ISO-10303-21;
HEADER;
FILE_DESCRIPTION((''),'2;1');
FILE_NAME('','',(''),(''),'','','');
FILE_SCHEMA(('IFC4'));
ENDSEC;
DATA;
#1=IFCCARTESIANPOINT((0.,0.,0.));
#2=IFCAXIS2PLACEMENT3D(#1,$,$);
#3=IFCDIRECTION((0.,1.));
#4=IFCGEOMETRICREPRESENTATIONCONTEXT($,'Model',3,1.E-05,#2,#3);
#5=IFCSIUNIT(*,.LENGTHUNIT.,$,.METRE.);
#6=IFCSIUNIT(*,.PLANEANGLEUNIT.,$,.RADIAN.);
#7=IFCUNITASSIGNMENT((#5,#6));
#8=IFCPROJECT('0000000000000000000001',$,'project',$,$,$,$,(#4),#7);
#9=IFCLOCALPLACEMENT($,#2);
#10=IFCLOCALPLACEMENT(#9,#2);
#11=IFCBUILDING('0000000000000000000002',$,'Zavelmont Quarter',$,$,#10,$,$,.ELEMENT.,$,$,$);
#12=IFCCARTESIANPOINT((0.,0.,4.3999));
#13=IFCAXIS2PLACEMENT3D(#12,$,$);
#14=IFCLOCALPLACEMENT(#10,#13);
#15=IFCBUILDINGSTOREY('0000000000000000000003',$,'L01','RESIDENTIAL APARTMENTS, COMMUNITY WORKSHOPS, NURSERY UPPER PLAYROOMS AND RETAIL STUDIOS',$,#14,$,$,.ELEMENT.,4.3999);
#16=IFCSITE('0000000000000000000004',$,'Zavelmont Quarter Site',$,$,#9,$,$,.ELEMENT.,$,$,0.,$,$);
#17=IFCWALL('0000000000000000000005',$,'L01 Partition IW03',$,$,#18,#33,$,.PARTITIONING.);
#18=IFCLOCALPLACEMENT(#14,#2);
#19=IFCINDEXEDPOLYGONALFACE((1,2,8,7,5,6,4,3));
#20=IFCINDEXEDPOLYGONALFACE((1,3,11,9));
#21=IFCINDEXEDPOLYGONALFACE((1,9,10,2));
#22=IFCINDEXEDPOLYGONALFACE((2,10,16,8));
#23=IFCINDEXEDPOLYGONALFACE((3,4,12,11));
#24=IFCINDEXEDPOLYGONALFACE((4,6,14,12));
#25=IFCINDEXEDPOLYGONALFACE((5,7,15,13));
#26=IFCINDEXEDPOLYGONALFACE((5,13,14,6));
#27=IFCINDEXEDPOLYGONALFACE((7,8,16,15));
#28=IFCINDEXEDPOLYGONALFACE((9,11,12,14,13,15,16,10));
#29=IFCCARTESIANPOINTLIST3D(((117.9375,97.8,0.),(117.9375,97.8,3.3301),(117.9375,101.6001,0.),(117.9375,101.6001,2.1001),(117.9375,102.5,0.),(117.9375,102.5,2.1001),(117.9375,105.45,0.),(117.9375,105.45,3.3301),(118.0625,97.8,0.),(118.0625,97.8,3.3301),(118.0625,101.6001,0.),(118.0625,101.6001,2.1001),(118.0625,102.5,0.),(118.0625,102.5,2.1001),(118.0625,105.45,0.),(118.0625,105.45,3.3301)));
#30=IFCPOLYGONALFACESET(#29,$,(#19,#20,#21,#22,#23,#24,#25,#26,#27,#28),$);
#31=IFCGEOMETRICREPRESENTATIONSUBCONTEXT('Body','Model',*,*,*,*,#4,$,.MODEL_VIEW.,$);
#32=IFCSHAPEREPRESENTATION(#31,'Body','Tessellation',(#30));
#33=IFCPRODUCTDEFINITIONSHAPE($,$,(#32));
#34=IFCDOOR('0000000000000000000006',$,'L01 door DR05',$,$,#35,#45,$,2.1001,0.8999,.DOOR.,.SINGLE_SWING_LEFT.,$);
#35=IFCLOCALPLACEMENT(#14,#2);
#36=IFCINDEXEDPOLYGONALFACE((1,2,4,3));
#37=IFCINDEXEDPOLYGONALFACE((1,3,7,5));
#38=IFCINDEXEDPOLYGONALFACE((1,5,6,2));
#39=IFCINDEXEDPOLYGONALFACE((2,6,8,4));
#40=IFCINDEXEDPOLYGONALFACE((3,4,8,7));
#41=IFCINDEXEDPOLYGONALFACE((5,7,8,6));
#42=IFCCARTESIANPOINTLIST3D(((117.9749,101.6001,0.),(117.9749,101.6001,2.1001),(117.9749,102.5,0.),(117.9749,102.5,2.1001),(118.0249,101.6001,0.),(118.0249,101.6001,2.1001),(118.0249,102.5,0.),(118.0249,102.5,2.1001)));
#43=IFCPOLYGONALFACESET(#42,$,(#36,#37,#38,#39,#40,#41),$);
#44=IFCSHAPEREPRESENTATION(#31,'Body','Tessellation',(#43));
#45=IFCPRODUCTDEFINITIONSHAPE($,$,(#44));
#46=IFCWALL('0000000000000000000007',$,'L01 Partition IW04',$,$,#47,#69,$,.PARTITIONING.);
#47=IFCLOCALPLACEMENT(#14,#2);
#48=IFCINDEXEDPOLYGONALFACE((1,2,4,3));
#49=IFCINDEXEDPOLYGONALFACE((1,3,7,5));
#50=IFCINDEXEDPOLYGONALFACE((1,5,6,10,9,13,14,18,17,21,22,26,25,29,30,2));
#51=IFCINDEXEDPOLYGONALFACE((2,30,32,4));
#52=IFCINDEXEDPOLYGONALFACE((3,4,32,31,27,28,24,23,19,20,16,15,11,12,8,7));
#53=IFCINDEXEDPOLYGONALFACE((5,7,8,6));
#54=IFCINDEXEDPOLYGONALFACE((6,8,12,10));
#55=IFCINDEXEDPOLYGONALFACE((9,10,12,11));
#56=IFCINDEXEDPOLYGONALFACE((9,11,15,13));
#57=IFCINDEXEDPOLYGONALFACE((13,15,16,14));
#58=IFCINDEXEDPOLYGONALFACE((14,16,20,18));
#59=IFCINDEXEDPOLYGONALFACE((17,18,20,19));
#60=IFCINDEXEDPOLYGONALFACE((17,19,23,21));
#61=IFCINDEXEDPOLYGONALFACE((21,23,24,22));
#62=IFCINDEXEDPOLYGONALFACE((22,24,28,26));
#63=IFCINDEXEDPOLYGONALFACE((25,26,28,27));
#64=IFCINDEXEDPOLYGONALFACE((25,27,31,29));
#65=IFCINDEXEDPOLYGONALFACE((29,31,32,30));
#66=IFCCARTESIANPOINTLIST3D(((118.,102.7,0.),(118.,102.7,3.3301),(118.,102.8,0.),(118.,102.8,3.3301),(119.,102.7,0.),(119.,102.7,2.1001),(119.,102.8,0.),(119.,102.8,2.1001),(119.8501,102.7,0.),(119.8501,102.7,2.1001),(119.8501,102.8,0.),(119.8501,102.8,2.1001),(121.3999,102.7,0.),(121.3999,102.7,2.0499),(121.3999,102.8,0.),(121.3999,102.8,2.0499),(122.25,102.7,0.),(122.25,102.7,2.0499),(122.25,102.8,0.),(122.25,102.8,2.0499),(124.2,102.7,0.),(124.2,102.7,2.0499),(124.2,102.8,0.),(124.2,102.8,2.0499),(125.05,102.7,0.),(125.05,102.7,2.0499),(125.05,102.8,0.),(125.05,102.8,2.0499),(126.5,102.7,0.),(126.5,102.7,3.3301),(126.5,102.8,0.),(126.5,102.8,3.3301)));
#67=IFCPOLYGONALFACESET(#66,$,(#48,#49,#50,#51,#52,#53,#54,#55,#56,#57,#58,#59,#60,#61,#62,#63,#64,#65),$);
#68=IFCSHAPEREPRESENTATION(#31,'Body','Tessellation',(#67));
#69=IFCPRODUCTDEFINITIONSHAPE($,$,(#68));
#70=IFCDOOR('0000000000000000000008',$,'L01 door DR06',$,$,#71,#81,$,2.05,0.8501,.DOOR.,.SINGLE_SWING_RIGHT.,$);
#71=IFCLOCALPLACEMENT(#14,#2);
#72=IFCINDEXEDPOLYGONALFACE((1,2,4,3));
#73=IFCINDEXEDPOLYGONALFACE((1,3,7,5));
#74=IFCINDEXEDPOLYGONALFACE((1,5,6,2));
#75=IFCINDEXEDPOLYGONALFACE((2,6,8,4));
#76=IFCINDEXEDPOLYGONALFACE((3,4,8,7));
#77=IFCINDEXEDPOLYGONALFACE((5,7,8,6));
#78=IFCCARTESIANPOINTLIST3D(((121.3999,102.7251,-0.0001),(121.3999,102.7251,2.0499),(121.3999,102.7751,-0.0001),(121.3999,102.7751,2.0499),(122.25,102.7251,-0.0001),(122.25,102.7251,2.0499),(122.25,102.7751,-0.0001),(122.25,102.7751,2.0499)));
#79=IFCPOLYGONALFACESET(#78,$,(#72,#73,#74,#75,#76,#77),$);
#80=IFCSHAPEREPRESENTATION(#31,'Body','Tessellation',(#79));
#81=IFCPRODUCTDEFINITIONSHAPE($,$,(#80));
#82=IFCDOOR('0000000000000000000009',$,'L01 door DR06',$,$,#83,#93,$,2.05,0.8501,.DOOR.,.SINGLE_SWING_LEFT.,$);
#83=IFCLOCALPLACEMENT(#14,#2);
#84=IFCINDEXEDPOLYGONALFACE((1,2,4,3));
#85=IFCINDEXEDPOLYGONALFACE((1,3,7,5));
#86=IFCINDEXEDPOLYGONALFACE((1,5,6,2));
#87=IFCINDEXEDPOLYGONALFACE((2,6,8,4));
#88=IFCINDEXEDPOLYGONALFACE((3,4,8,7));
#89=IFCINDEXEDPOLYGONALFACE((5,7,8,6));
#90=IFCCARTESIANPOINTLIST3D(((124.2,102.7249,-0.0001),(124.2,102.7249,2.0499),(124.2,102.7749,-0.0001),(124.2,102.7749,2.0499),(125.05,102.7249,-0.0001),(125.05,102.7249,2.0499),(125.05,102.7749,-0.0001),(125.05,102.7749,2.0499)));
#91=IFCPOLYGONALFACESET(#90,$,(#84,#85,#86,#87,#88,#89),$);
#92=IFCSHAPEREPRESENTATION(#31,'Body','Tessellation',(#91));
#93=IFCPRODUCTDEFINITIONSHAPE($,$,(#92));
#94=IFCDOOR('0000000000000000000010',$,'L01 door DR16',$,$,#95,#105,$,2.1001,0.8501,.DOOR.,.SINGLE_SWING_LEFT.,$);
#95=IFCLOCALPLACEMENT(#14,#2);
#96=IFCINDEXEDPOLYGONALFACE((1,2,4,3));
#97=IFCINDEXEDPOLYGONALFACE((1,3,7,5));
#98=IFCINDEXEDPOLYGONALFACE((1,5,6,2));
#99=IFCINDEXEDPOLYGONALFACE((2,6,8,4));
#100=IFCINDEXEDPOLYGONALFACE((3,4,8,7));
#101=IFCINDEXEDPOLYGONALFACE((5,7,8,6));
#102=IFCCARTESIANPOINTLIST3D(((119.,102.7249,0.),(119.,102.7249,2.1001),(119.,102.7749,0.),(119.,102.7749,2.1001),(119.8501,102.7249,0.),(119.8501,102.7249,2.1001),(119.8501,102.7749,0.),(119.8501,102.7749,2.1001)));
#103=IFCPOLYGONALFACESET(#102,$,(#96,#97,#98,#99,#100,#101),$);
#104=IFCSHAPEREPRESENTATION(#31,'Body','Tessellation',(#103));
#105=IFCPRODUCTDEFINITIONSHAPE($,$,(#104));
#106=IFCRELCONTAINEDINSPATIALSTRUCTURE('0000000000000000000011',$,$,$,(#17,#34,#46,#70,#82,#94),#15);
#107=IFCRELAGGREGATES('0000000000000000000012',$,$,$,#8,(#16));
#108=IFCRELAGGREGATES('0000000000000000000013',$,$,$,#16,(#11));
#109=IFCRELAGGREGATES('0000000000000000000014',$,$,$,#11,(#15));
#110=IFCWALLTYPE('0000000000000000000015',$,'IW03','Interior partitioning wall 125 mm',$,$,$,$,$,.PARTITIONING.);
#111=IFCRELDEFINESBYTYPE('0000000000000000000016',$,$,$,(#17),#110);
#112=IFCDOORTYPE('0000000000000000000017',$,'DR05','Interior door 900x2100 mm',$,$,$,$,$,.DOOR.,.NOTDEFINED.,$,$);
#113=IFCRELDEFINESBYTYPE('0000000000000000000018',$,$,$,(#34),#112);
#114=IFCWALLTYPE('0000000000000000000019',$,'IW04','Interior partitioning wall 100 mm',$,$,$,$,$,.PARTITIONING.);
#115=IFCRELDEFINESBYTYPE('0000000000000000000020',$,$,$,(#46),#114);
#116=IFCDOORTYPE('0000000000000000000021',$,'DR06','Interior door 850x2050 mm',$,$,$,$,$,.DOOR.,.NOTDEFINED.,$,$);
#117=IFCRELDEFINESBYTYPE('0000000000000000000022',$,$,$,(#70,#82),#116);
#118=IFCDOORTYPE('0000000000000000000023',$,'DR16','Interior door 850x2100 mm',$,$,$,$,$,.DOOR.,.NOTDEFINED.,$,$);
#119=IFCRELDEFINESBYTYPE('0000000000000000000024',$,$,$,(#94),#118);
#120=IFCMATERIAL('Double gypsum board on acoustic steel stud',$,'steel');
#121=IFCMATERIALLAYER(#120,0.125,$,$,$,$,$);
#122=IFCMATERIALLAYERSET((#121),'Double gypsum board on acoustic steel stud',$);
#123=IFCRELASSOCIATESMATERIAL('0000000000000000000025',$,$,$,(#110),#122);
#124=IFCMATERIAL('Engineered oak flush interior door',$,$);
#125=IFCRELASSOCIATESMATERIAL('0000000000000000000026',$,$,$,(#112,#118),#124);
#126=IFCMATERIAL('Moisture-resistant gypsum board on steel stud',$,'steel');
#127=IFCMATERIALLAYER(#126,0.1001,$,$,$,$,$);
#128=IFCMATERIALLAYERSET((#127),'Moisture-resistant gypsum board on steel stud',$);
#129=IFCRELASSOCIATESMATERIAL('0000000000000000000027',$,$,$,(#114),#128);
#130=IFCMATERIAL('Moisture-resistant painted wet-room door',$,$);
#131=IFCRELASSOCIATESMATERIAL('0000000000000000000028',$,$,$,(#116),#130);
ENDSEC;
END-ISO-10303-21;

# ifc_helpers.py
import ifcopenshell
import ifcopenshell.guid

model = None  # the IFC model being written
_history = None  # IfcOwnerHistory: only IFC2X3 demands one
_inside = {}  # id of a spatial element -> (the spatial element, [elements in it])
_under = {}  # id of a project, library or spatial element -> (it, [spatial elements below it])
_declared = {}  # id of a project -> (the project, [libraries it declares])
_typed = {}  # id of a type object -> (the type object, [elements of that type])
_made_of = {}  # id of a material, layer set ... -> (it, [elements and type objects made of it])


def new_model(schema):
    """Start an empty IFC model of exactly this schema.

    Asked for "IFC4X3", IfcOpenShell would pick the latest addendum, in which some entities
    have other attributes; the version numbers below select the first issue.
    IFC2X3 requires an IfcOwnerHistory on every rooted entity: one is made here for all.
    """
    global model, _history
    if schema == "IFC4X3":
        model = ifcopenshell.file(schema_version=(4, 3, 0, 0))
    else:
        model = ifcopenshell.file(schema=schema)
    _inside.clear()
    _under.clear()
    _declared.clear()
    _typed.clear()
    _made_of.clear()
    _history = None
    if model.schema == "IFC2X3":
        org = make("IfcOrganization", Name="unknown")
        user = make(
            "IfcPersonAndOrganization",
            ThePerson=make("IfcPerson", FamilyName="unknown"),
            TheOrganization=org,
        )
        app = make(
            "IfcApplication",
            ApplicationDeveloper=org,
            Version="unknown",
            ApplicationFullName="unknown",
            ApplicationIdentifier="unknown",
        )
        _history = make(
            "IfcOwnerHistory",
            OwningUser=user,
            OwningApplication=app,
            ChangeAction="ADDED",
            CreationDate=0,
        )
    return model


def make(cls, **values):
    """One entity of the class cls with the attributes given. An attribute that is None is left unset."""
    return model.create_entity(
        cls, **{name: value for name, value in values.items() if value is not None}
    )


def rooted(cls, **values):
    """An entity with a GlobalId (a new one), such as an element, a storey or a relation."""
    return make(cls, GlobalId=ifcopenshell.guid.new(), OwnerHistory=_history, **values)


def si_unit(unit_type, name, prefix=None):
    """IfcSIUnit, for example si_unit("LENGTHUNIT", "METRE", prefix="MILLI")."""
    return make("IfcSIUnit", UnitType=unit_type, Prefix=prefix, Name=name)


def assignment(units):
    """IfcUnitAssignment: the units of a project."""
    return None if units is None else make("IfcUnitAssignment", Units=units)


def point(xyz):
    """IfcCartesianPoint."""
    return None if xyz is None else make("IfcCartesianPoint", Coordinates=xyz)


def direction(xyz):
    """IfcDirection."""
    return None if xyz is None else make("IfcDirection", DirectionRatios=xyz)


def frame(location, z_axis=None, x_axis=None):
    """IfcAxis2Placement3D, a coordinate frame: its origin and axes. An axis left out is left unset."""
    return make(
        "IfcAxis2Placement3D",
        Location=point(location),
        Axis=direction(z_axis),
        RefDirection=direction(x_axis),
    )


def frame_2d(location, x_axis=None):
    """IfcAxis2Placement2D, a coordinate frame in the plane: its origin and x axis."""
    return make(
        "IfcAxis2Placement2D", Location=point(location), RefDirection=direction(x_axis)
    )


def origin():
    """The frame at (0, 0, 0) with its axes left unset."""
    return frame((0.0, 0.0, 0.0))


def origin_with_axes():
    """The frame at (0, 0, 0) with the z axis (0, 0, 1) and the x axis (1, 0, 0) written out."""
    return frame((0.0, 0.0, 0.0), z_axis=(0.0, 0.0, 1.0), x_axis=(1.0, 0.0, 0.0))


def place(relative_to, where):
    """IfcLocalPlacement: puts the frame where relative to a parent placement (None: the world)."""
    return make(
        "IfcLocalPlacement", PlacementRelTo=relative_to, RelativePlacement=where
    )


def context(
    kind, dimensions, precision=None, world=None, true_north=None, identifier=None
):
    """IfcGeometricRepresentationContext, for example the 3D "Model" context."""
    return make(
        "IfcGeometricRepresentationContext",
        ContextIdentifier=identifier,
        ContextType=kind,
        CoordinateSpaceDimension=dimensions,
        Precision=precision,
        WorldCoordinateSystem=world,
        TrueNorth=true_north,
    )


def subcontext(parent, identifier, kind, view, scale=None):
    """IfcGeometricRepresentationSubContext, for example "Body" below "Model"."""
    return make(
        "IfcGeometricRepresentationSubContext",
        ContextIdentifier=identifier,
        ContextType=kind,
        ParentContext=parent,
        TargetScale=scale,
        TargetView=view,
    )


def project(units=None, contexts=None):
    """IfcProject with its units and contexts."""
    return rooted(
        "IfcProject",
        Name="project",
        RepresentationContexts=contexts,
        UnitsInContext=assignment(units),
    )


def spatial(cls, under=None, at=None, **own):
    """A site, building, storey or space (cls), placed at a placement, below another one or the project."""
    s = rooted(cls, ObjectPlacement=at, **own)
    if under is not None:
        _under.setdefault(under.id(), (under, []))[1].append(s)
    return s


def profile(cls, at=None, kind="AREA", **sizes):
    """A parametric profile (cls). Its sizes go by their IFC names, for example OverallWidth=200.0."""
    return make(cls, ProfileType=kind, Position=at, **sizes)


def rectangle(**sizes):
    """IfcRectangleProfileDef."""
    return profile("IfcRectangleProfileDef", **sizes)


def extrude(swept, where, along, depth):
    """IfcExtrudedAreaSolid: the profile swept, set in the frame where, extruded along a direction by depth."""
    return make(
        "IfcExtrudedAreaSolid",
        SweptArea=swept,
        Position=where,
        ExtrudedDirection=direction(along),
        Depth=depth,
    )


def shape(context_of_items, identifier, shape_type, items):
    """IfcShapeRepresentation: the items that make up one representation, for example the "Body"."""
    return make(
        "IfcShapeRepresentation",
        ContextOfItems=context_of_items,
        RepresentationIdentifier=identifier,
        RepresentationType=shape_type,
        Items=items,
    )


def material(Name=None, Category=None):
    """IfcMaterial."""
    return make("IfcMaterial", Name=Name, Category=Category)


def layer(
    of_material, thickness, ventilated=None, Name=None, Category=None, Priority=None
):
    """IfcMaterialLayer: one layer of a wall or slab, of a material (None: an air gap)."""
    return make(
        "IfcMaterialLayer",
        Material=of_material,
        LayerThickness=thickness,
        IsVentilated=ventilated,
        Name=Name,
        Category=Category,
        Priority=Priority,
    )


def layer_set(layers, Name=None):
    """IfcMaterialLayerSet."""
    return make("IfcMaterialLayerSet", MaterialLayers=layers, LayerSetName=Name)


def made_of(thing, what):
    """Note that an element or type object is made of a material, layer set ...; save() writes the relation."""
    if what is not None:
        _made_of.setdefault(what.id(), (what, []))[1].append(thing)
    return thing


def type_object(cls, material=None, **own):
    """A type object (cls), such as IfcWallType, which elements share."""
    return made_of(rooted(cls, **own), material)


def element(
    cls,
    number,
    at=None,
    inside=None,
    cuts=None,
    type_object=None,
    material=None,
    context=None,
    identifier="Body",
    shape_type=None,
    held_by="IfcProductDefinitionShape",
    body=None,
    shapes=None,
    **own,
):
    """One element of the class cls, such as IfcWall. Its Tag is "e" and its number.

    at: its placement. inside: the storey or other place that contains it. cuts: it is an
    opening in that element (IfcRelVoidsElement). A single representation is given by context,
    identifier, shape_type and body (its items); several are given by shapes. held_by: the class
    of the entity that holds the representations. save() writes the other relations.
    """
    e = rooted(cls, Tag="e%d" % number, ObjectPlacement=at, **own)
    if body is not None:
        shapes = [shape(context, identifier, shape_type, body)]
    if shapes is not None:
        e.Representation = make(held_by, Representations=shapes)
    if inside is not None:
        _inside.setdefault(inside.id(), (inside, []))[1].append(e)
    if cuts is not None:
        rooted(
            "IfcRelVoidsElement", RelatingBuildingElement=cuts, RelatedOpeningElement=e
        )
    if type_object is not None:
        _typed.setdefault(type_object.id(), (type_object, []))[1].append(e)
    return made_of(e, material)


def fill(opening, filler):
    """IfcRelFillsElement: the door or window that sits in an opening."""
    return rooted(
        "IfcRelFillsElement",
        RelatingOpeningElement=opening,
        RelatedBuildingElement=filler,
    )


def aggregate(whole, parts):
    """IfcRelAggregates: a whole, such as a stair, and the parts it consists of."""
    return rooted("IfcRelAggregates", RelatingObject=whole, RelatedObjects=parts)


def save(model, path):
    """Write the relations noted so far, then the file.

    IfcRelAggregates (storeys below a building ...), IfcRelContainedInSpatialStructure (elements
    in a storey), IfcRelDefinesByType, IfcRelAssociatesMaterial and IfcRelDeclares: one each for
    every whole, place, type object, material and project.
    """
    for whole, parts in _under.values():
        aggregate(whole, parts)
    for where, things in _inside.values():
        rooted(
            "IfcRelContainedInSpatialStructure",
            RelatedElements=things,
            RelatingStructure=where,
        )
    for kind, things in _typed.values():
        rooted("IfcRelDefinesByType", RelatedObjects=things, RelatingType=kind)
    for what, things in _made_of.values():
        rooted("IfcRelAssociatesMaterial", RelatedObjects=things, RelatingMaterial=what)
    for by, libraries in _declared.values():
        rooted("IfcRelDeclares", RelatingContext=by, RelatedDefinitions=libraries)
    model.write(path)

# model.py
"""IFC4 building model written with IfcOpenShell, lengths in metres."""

from ifc_helpers import new_model, si_unit, direction, frame, frame_2d, origin, origin_with_axes, place, context, subcontext, project, spatial, rectangle, extrude, material, layer, layer_set, type_object, element, fill, save


model = new_model("IFC4")

# Units and contexts
model_context = context("Model", 3, precision=1e-05, world=origin(), true_north=direction((0.0, 1.0)))
body_context = subcontext(model_context, "Body", "Model", "MODEL_VIEW")
ifc_project = project(units=[si_unit("LENGTHUNIT", "METRE"), si_unit("PLANEANGLEUNIT", "RADIAN")], contexts=[model_context])

# Site, building, storey
site_placement = place(None, origin())
site = spatial("IfcSite", under=ifc_project, at=site_placement, Name="Zavelmont Quarter Site", CompositionType="ELEMENT", RefElevation=0.0)
building_placement = place(site_placement, origin())
building = spatial("IfcBuilding", under=site, at=building_placement, Name="Zavelmont Quarter", CompositionType="ELEMENT")
storey_placement = place(building_placement, frame((0.0, 0.0, 4.3999)))
storey = spatial("IfcBuildingStorey", under=building, at=storey_placement, Name="L01", Description="RESIDENTIAL APARTMENTS, COMMUNITY WORKSHOPS, NURSERY UPPER PLAYROOMS AND RETAIL STUDIOS", CompositionType="ELEMENT", Elevation=4.3999)

# Wall, opening, door
ifc_material_1 = material(Name="Double gypsum board on acoustic steel stud", Category="steel")
ifc_layer_1 = layer(ifc_material_1, 0.125)
ifc_layer_set_1 = layer_set([ifc_layer_1], Name="Double gypsum board on acoustic steel stud")
wall_type_1 = type_object("IfcWallType", Name="IW03", Description="Interior partitioning wall 125 mm", PredefinedType="PARTITIONING", material=ifc_layer_set_1)
wall_1_placement = place(storey_placement, frame((118.0, 105.45, 0.0), z_axis=(0.0, 0.0, 1.0), x_axis=(0.0, -1.0, 0.0)))
wall_1 = element("IfcWall", 1, at=wall_1_placement, inside=storey, type_object=wall_type_1, Name="L01 Partition IW03", PredefinedType="PARTITIONING", context=body_context, shape_type="SweptSolid", body=[
    extrude(rectangle(XDim=7.6499, YDim=0.125, at=frame_2d((3.825, 0.0))), origin(), (0.0, 0.0, 1.0), 3.3301),
])
opening_1_placement = place(wall_1_placement, frame((2.95, 0.0, 0.0)))
opening_1 = element("IfcOpeningElement", 2, at=opening_1_placement, cuts=wall_1, PredefinedType="OPENING", context=body_context, shape_type="SweptSolid", body=[
    extrude(rectangle(XDim=0.8999, YDim=2.1001, at=frame_2d((0.45, 1.05))), frame((0.0, 0.0745, 0.0), z_axis=(0.0, -1.0, 0.0), x_axis=(1.0, 0.0, 0.0)), (0.0, 0.0, 1.0), 0.1489),
])
ifc_material_2 = material(Name="Engineered oak flush interior door")
door_type_1 = type_object("IfcDoorType", Name="DR05", Description="Interior door 900x2100 mm", OperationType="NOTDEFINED", PredefinedType="DOOR", material=ifc_material_2)
door_1_placement = place(opening_1_placement, origin_with_axes())
door_1 = element("IfcDoor", 3, at=door_1_placement, inside=storey, type_object=door_type_1, Name="L01 door DR05", OperationType="SINGLE_SWING_LEFT", OverallHeight=2.1001, OverallWidth=0.8999, PredefinedType="DOOR", context=body_context, shape_type="SweptSolid", body=[
    extrude(rectangle(XDim=0.8999, YDim=2.1001, at=frame_2d((0.45, 1.05))), frame((0.0, 0.0249, 0.0), z_axis=(0.0, -1.0, 0.0), x_axis=(1.0, 0.0, 0.0)), (0.0, 0.0, 1.0), 0.05),
])
fill(opening_1, door_1)

# Wall, openings, doors
ifc_material_3 = material(Name="Moisture-resistant gypsum board on steel stud", Category="steel")
ifc_layer_2 = layer(ifc_material_3, 0.1001)
ifc_layer_set_2 = layer_set([ifc_layer_2], Name="Moisture-resistant gypsum board on steel stud")
wall_type_2 = type_object("IfcWallType", Name="IW04", Description="Interior partitioning wall 100 mm", PredefinedType="PARTITIONING", material=ifc_layer_set_2)
wall_2_placement = place(storey_placement, frame((118.0, 102.75, 0.0), z_axis=(0.0, 0.0, 1.0), x_axis=(1.0, 0.0, 0.0)))
wall_2 = element("IfcWall", 4, at=wall_2_placement, inside=storey, type_object=wall_type_2, Name="L01 Partition IW04", PredefinedType="PARTITIONING", context=body_context, shape_type="SweptSolid", body=[
    extrude(rectangle(XDim=8.5, YDim=0.1001, at=frame_2d((4.25, 0.0))), origin(), (0.0, 0.0, 1.0), 3.3301),
])
opening_2_placement = place(wall_2_placement, frame((1.0, 0.0, 0.0)))
opening_2 = element("IfcOpeningElement", 5, at=opening_2_placement, cuts=wall_2, PredefinedType="OPENING", context=body_context, shape_type="SweptSolid", body=[
    extrude(rectangle(XDim=0.8501, YDim=2.1001, at=frame_2d((0.425, 1.05))), frame((0.0, 0.062, 0.0), z_axis=(0.0, -1.0, 0.0), x_axis=(1.0, 0.0, 0.0)), (0.0, 0.0, 1.0), 0.124),
])
opening_3_placement = place(wall_2_placement, frame((3.3999, 0.0, 0.0)))
opening_3 = element("IfcOpeningElement", 6, at=opening_3_placement, cuts=wall_2, PredefinedType="OPENING", context=body_context, shape_type="SweptSolid", body=[
    extrude(rectangle(XDim=0.8501, YDim=2.05, at=frame_2d((0.425, 1.0249))), frame((0.0, 0.062, 0.0), z_axis=(0.0, -1.0, 0.0), x_axis=(1.0, 0.0, 0.0)), (0.0, 0.0, 1.0), 0.124),
])
opening_4_placement = place(wall_2_placement, frame((6.2, 0.0, 0.0)))
opening_4 = element("IfcOpeningElement", 7, at=opening_4_placement, cuts=wall_2, PredefinedType="OPENING", context=body_context, shape_type="SweptSolid", body=[
    extrude(rectangle(XDim=0.8501, YDim=2.05, at=frame_2d((0.425, 1.0249))), frame((0.0, 0.062, 0.0), z_axis=(0.0, -1.0, 0.0), x_axis=(1.0, 0.0, 0.0)), (0.0, 0.0, 1.0), 0.124),
])
ifc_material_4 = material(Name="Moisture-resistant painted wet-room door")
door_type_2 = type_object("IfcDoorType", Name="DR06", Description="Interior door 850x2050 mm", OperationType="NOTDEFINED", PredefinedType="DOOR", material=ifc_material_4)
door_2_placement = place(opening_3_placement, frame((0.8501, 0.0, 0.0), z_axis=(0.0, 0.0, 1.0), x_axis=(-1.0, 0.0, 0.0)))
door_2 = element("IfcDoor", 8, at=door_2_placement, inside=storey, type_object=door_type_2, Name="L01 door DR06", OperationType="SINGLE_SWING_RIGHT", OverallHeight=2.05, OverallWidth=0.8501, PredefinedType="DOOR", context=body_context, shape_type="SweptSolid", body=[
    extrude(rectangle(XDim=0.8501, YDim=2.05, at=frame_2d((0.425, 1.0249))), frame((0.0, 0.0249, 0.0), z_axis=(0.0, -1.0, 0.0), x_axis=(1.0, 0.0, 0.0)), (0.0, 0.0, 1.0), 0.05),
])
fill(opening_3, door_2)
door_3_placement = place(opening_4_placement, origin_with_axes())
door_3 = element("IfcDoor", 9, at=door_3_placement, inside=storey, type_object=door_type_2, Name="L01 door DR06", OperationType="SINGLE_SWING_LEFT", OverallHeight=2.05, OverallWidth=0.8501, PredefinedType="DOOR", context=body_context, shape_type="SweptSolid", body=[
    extrude(rectangle(XDim=0.8501, YDim=2.05, at=frame_2d((0.425, 1.0249))), frame((0.0, 0.0249, 0.0), z_axis=(0.0, -1.0, 0.0), x_axis=(1.0, 0.0, 0.0)), (0.0, 0.0, 1.0), 0.05),
])
fill(opening_4, door_3)
door_type_3 = type_object("IfcDoorType", Name="DR16", Description="Interior door 850x2100 mm", OperationType="NOTDEFINED", PredefinedType="DOOR", material=ifc_material_2)
door_4_placement = place(opening_2_placement, origin_with_axes())
door_4 = element("IfcDoor", 10, at=door_4_placement, inside=storey, type_object=door_type_3, Name="L01 door DR16", OperationType="SINGLE_SWING_LEFT", OverallHeight=2.1001, OverallWidth=0.8501, PredefinedType="DOOR", context=body_context, shape_type="SweptSolid", body=[
    extrude(rectangle(XDim=0.8501, YDim=2.1001, at=frame_2d((0.425, 1.05))), frame((0.0, 0.0249, 0.0), z_axis=(0.0, -1.0, 0.0), x_axis=(1.0, 0.0, 0.0)), (0.0, 0.0, 1.0), 0.05),
])
fill(opening_2, door_4)

save(model, "model.ifc")
